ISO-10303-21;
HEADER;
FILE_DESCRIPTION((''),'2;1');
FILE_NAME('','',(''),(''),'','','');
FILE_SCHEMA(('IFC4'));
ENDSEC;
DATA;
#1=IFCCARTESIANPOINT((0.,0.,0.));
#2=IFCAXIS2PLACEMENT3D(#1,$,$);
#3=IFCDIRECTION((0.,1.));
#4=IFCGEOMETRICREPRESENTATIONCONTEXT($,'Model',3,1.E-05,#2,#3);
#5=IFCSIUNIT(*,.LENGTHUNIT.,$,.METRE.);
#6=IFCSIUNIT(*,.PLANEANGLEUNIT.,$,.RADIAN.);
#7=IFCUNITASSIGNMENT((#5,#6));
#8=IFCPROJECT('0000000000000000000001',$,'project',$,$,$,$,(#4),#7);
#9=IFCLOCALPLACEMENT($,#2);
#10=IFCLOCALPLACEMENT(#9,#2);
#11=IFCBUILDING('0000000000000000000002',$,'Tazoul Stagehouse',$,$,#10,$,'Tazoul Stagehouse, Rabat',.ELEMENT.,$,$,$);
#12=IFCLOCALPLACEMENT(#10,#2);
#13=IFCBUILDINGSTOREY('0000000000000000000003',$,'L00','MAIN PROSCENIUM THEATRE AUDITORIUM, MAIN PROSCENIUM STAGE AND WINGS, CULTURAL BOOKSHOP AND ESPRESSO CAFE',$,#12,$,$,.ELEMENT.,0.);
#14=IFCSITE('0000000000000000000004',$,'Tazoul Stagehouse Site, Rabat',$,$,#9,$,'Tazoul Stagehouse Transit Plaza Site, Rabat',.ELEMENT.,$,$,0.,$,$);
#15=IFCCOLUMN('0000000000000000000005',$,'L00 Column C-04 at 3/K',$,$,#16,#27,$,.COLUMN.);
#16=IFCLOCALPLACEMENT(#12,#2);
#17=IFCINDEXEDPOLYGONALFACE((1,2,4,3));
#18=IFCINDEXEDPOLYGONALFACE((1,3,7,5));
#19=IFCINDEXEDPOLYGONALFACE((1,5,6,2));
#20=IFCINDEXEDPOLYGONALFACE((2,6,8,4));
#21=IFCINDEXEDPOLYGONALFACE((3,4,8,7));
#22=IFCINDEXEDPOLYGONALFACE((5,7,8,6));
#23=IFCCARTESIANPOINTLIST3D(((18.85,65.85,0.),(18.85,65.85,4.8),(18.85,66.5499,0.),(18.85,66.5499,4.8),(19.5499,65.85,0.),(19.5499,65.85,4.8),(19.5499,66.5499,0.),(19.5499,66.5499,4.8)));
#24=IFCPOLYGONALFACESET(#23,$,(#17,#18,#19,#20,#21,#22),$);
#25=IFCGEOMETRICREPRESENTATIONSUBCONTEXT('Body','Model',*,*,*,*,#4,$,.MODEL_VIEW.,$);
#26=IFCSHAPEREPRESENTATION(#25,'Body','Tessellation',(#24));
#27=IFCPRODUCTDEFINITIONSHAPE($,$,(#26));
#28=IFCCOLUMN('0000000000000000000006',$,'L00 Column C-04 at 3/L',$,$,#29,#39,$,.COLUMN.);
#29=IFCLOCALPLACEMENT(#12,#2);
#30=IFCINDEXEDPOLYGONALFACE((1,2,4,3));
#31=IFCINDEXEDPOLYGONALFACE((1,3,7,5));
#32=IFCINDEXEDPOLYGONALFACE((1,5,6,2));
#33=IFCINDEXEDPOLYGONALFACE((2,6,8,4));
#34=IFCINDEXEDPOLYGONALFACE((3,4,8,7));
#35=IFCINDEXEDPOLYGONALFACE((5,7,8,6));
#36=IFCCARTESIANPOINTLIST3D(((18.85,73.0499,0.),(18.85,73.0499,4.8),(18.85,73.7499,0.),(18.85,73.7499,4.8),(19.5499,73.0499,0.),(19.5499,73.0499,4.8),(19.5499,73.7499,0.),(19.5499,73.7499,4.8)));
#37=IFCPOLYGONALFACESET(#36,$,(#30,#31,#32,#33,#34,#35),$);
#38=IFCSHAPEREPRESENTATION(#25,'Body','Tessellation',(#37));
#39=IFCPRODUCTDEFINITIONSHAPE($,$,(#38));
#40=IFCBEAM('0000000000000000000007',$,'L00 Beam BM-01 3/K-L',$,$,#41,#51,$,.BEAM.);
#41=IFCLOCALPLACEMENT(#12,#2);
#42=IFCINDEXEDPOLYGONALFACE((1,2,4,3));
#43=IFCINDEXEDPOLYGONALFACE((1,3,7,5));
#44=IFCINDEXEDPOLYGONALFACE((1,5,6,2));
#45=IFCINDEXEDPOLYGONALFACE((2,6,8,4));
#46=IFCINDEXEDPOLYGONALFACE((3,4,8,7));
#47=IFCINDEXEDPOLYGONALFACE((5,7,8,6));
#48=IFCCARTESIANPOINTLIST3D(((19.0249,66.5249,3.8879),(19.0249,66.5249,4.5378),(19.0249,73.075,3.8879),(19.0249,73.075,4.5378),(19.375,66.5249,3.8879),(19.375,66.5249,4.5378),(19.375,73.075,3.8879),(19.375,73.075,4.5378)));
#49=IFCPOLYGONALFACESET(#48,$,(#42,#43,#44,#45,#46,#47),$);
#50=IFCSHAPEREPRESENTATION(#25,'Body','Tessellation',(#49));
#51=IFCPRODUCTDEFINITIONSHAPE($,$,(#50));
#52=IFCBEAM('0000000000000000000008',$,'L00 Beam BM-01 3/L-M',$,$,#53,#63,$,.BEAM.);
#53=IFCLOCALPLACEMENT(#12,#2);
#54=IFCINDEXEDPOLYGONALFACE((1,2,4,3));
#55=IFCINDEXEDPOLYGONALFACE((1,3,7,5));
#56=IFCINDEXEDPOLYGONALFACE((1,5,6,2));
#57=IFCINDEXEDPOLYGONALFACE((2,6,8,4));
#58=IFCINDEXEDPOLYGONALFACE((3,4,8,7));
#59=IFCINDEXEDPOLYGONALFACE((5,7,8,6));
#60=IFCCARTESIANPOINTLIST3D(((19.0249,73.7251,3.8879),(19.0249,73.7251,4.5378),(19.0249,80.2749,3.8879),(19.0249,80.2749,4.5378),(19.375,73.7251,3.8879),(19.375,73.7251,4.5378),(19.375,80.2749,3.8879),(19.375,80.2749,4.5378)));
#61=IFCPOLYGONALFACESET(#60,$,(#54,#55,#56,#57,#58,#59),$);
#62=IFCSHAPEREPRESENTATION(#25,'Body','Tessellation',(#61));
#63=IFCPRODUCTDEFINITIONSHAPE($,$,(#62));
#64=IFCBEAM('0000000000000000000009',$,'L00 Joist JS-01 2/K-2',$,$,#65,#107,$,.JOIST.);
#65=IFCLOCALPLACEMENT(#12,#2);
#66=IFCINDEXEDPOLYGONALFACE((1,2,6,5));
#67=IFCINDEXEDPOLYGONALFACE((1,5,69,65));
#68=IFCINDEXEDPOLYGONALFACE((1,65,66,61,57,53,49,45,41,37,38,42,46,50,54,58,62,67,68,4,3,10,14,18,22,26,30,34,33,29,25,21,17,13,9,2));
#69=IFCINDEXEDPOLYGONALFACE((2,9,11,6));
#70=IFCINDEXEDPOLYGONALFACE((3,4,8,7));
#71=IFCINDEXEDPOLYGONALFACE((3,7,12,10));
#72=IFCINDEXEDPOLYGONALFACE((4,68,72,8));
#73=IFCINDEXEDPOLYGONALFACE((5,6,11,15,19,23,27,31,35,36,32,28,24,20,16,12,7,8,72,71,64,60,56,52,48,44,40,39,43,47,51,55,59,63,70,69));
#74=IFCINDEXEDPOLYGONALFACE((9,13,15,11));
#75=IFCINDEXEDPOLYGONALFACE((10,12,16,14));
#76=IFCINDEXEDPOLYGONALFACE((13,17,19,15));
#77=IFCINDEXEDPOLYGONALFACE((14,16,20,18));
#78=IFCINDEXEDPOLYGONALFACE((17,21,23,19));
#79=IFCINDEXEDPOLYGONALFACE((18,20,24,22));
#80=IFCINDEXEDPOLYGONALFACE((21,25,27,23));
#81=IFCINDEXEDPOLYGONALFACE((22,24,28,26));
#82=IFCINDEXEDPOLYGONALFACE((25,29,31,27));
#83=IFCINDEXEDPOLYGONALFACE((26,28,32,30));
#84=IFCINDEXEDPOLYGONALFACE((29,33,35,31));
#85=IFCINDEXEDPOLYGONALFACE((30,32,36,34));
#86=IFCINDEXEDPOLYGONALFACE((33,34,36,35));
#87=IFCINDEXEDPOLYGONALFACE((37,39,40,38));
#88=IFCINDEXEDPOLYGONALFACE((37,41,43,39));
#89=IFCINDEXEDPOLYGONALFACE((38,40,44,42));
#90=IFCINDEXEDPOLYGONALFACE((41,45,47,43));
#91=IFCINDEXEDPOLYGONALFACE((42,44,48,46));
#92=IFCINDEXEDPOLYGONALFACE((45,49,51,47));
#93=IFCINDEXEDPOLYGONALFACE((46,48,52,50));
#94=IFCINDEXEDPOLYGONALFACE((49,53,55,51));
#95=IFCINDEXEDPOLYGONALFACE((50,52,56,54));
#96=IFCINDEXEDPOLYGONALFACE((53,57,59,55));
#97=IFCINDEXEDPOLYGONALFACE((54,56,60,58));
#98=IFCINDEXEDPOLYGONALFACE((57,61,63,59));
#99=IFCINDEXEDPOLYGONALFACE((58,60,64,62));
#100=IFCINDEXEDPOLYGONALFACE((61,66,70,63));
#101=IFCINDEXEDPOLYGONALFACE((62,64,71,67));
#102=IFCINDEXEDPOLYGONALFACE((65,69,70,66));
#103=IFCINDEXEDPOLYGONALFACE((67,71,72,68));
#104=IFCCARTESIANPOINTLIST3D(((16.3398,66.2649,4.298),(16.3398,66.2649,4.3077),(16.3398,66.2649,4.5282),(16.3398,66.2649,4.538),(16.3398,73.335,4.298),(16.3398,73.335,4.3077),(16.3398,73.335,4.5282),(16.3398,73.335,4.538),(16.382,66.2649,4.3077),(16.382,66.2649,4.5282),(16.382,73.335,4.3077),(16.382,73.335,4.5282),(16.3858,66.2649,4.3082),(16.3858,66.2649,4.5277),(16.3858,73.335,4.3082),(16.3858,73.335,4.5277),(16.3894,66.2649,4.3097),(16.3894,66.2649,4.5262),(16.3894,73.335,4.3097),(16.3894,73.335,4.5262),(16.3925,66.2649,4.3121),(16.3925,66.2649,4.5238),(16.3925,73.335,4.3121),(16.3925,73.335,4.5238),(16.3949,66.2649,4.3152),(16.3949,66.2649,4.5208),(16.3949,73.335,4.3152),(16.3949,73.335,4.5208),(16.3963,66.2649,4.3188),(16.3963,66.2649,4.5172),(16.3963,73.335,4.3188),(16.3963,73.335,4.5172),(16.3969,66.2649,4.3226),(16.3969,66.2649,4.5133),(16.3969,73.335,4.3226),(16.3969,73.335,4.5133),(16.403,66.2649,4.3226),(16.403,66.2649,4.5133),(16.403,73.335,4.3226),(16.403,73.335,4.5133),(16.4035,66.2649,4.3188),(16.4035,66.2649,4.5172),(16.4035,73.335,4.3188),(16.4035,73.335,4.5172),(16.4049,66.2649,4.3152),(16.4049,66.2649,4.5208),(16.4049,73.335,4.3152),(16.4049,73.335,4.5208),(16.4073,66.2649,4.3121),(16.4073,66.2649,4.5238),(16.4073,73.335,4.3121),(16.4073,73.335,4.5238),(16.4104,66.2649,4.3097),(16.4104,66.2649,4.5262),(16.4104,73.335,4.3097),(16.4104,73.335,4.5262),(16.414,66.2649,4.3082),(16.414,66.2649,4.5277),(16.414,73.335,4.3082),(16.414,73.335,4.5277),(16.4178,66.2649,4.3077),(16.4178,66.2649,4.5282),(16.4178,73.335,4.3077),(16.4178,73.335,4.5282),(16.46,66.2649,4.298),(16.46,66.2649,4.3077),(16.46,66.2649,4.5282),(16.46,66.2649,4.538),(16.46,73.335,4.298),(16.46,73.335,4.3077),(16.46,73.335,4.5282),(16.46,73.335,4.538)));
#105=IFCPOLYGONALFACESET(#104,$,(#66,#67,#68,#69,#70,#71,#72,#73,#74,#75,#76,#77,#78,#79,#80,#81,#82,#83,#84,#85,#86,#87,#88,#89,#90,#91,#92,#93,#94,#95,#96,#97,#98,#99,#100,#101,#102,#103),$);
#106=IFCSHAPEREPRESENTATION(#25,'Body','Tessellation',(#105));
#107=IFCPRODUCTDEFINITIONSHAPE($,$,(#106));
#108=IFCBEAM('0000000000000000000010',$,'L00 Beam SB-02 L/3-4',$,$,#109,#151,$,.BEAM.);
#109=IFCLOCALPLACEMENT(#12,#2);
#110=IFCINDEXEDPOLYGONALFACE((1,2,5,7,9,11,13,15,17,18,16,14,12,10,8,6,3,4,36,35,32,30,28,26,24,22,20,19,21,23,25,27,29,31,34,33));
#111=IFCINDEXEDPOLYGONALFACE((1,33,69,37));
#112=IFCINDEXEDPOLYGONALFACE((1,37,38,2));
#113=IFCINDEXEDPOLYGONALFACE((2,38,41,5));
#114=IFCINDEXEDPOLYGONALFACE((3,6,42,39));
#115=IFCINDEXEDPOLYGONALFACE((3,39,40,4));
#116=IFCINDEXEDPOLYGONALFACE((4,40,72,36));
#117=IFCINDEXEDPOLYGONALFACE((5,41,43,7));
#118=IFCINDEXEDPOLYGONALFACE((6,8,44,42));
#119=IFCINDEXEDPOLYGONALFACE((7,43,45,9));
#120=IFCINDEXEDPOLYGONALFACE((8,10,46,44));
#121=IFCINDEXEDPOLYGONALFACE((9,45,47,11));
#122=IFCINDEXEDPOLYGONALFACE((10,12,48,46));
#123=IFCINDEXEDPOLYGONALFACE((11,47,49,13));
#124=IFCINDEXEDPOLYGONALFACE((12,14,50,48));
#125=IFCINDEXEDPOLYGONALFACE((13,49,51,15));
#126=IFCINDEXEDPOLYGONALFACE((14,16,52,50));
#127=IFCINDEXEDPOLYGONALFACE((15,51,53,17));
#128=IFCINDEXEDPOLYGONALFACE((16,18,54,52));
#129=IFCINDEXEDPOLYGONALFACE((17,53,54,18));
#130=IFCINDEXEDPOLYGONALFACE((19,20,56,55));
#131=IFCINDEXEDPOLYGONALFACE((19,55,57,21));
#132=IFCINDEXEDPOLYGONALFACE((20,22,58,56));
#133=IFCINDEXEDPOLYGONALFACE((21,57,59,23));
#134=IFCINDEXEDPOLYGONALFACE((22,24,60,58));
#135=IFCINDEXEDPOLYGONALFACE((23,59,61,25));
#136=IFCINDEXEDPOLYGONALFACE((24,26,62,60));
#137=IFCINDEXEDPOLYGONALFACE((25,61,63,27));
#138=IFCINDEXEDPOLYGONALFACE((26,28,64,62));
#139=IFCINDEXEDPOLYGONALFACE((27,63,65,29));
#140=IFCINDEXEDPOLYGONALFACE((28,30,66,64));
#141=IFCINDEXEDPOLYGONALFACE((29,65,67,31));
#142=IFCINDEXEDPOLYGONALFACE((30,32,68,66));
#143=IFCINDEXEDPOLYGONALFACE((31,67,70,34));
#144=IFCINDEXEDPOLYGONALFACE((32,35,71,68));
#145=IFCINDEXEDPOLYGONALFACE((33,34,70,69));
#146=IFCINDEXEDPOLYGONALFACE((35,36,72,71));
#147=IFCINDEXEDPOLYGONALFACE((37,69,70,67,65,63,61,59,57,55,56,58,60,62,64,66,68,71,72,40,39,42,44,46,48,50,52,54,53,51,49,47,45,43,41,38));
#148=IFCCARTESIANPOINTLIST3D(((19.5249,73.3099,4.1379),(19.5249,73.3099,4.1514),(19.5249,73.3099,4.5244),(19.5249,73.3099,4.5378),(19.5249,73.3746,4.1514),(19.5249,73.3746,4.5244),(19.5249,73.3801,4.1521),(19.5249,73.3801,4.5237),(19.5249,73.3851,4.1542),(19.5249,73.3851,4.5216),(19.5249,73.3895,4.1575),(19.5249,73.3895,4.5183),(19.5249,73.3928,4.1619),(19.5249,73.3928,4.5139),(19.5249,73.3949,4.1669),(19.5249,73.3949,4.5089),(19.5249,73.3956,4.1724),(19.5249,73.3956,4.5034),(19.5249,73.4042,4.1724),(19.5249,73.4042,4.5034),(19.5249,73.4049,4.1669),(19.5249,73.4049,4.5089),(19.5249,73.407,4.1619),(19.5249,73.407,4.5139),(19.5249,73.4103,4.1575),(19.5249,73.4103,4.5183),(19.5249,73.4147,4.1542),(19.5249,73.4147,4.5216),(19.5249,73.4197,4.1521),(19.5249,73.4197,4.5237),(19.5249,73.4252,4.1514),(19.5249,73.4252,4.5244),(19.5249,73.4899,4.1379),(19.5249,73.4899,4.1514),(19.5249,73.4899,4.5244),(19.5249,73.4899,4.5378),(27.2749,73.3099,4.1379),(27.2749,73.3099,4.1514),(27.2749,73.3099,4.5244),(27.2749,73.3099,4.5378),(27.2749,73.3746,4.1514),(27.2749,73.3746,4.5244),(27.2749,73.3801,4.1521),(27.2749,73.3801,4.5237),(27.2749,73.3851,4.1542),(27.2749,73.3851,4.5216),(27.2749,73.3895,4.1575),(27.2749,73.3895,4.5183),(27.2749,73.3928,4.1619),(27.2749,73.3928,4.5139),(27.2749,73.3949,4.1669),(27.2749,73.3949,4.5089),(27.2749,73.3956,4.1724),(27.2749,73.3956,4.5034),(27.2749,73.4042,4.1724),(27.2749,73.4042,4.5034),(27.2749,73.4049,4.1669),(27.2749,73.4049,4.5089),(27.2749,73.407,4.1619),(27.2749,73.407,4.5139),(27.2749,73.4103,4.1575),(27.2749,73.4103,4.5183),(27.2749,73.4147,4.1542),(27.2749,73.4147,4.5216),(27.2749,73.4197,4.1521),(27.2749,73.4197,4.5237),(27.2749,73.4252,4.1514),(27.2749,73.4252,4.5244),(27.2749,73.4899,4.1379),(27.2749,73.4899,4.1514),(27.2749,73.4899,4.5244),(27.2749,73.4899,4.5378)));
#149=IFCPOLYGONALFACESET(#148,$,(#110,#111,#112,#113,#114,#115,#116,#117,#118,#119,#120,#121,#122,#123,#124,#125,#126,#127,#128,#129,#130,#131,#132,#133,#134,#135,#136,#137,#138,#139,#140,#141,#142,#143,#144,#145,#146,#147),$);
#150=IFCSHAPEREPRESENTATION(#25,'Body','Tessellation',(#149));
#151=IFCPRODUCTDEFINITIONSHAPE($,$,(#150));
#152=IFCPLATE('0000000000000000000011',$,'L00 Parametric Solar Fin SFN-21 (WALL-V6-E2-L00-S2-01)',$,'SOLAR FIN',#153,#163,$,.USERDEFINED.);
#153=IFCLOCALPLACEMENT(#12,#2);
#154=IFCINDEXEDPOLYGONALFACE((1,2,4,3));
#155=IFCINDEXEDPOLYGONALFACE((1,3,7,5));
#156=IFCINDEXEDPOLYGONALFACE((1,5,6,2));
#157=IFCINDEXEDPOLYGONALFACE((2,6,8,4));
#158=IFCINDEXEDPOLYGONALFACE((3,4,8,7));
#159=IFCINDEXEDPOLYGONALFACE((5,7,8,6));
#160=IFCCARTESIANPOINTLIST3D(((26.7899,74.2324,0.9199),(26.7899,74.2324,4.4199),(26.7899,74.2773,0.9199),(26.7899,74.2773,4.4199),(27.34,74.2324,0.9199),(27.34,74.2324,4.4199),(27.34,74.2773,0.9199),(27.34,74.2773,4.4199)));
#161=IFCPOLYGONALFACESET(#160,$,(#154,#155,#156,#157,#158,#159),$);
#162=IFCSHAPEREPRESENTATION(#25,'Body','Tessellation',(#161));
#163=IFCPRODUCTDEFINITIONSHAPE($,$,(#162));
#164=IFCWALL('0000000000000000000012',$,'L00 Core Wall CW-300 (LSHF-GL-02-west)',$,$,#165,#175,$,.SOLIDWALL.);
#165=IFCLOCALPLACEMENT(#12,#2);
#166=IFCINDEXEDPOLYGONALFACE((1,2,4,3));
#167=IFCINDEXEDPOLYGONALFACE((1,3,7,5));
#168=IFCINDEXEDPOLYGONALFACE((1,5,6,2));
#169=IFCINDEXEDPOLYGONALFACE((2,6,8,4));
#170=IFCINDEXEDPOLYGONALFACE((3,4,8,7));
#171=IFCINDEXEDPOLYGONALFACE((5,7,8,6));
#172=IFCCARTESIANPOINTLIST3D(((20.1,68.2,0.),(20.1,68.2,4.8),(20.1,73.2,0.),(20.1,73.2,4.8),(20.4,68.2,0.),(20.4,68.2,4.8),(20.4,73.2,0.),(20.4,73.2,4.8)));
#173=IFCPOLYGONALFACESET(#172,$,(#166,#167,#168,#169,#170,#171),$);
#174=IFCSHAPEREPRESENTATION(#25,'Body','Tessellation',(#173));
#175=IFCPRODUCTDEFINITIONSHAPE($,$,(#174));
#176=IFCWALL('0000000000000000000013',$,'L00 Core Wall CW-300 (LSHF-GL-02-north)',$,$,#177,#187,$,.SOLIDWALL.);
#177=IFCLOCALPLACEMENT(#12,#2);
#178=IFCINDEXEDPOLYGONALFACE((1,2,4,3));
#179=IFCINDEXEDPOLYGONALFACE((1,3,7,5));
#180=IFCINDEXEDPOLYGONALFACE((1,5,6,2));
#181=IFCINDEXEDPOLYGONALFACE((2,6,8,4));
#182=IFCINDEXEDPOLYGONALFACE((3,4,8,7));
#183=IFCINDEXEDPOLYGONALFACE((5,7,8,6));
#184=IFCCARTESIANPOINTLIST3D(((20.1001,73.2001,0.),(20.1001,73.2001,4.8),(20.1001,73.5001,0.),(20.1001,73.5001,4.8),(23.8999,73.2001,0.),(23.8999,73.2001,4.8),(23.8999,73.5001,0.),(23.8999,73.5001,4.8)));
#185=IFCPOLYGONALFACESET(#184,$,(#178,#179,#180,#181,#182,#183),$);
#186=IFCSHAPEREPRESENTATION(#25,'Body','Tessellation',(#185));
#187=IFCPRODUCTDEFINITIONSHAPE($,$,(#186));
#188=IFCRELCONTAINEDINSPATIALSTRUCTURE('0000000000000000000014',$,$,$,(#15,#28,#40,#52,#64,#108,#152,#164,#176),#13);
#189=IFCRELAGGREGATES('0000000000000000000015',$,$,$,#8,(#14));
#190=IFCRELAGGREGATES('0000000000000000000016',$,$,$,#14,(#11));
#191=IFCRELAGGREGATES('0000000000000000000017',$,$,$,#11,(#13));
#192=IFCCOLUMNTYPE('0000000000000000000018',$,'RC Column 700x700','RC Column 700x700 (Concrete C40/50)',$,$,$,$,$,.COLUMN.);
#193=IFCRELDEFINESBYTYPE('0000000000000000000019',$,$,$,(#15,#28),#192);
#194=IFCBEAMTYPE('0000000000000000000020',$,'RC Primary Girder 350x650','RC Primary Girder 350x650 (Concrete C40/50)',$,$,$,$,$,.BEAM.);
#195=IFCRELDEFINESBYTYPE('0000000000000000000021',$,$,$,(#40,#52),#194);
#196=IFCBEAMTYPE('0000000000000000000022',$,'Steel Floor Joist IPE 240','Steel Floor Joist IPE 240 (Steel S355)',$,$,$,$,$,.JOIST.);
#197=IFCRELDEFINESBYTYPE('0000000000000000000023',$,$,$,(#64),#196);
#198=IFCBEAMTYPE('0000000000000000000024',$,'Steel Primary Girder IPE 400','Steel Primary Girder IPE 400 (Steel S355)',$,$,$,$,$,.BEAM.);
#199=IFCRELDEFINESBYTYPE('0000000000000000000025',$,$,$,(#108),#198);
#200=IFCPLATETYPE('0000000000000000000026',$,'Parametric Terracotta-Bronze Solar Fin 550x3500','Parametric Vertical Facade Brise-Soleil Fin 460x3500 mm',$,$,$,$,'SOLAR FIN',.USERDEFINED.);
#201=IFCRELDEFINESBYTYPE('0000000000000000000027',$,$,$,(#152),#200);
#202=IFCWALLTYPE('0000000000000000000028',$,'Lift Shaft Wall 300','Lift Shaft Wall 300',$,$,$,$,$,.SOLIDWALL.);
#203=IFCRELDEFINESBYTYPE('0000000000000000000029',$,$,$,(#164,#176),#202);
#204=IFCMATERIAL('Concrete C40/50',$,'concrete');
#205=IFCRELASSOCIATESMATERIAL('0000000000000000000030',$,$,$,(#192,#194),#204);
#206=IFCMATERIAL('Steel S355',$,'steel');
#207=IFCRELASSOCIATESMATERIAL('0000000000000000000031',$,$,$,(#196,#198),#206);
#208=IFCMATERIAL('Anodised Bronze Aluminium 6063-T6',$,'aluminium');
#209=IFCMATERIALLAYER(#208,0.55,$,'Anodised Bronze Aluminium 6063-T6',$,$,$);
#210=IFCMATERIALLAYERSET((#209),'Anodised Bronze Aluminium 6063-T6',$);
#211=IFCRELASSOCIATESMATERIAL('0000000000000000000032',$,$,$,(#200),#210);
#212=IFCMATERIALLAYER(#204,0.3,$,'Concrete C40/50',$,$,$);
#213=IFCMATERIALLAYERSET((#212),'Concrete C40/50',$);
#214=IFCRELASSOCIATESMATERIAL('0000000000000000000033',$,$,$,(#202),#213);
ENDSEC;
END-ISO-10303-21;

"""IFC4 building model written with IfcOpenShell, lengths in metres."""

from ifc_helpers import new_model, si_unit, direction, frame, frame_2d, origin, origin_2d, place, context, subcontext, project, spatial, rectangle, i_section, extrude, material, layer, layer_set, material_profile, profile_set, type_object, element, save


model = new_model("IFC4")

# Units and contexts
model_context = context("Model", 3, precision=1e-05, world=origin(), true_north=direction((0.0, 1.0)))
body_context = subcontext(model_context, "Body", "Model", "MODEL_VIEW")
ifc_project = project(units=[si_unit("LENGTHUNIT", "METRE"), si_unit("PLANEANGLEUNIT", "RADIAN")], contexts=[model_context])

# Site, building, storey
site_placement = place(None, origin())
site = spatial("IfcSite", under=ifc_project, at=site_placement, Name="Tazoul Stagehouse Site, Rabat", LongName="Tazoul Stagehouse Transit Plaza Site, Rabat", CompositionType="ELEMENT", RefElevation=0.0)
building_placement = place(site_placement, origin())
building = spatial("IfcBuilding", under=site, at=building_placement, Name="Tazoul Stagehouse", LongName="Tazoul Stagehouse, Rabat", CompositionType="ELEMENT")
storey_placement = place(building_placement, origin())
storey = spatial("IfcBuildingStorey", under=building, at=storey_placement, Name="L00", Description="MAIN PROSCENIUM THEATRE AUDITORIUM, MAIN PROSCENIUM STAGE AND WINGS, CULTURAL BOOKSHOP AND ESPRESSO CAFE", CompositionType="ELEMENT", Elevation=0.0)

# Columns
ifc_material_1 = material(Name="Concrete C40/50", Category="concrete")
ifc_material_profile_1 = material_profile(ifc_material_1, rectangle(XDim=0.7, YDim=0.7, at=origin_2d()), Name="RC 700x700")
ifc_profile_set_1 = profile_set([ifc_material_profile_1], Name="Concrete C40/50")
column_type = type_object("IfcColumnType", Name="RC Column 700x700", Description="RC Column 700x700 (Concrete C40/50)", PredefinedType="COLUMN", material=ifc_profile_set_1)
for number, where, z_axis, x_axis, name in (
    (1, (19.2, 66.2, 0.0), (0.0, 0.0, 1.0), (1.0, 0.0, 0.0), "L00 Column C-04 at 3/K"),
    (2, (19.2, 73.3999, 0.0), (0.0, 0.0, 1.0), (1.0, 0.0, 0.0), "L00 Column C-04 at 3/L"),
):
    element("IfcColumn", number, at=place(storey_placement, frame(where, z_axis=z_axis, x_axis=x_axis)), inside=storey, type_object=column_type, Name=name, PredefinedType="COLUMN", context=body_context, shape_type="SweptSolid", body=[
        extrude(rectangle(XDim=0.7, YDim=0.7, at=origin_2d()), origin(), (0.0, 0.0, 1.0), 4.8),
    ])

# Beams
ifc_material_profile_2 = material_profile(ifc_material_1, rectangle(XDim=0.3501, YDim=0.6499, at=origin_2d()), Name="RC 350x650")
ifc_profile_set_2 = profile_set([ifc_material_profile_2], Name="Concrete C40/50")
beam_type_1 = type_object("IfcBeamType", Name="RC Primary Girder 350x650", Description="RC Primary Girder 350x650 (Concrete C40/50)", PredefinedType="BEAM", material=ifc_profile_set_2)
beam_1_placement = place(storey_placement, frame((19.2, 66.5249, 4.2129), z_axis=(0.0, 1.0, 0.0), x_axis=(-1.0, 0.0, 0.0)))
element("IfcBeam", 3, at=beam_1_placement, inside=storey, type_object=beam_type_1, Name="L00 Beam BM-01 3/K-L", PredefinedType="BEAM", context=body_context, shape_type="SweptSolid", body=[
    extrude(rectangle(XDim=0.3501, YDim=0.6499, at=origin_2d()), origin(), (0.0, 0.0, 1.0), 6.55),
])
beam_2_placement = place(storey_placement, frame((19.2, 73.7251, 4.2129), z_axis=(0.0, 1.0, 0.0), x_axis=(-1.0, 0.0, 0.0)))
element("IfcBeam", 4, at=beam_2_placement, inside=storey, type_object=beam_type_1, Name="L00 Beam BM-01 3/L-M", PredefinedType="BEAM", context=body_context, shape_type="SweptSolid", body=[
    extrude(rectangle(XDim=0.3501, YDim=0.6499, at=origin_2d()), origin(), (0.0, 0.0, 1.0), 6.5498),
])
ifc_material_2 = material(Name="Steel S355", Category="steel")
ifc_material_profile_3 = material_profile(ifc_material_2, i_section(OverallWidth=0.1201, OverallDepth=0.24, WebThickness=0.0061, FlangeThickness=0.0098, FilletRadius=0.0149, at=origin_2d()), Name="IPE 240")
ifc_profile_set_3 = profile_set([ifc_material_profile_3], Name="Steel S355")
beam_type_2 = type_object("IfcBeamType", Name="Steel Floor Joist IPE 240", Description="Steel Floor Joist IPE 240 (Steel S355)", PredefinedType="JOIST", material=ifc_profile_set_3)
beam_3_placement = place(storey_placement, frame((16.3999, 66.2649, 4.418), z_axis=(0.0, 1.0, 0.0), x_axis=(-1.0, 0.0, 0.0)))
element("IfcBeam", 5, at=beam_3_placement, inside=storey, type_object=beam_type_2, Name="L00 Joist JS-01 2/K-2", PredefinedType="JOIST", context=body_context, shape_type="SweptSolid", body=[
    extrude(i_section(OverallWidth=0.1201, OverallDepth=0.24, WebThickness=0.0061, FlangeThickness=0.0098, FilletRadius=0.0149, at=origin_2d()), origin(), (0.0, 0.0, 1.0), 7.0701),
])
ifc_material_profile_4 = material_profile(ifc_material_2, i_section(OverallWidth=0.1799, OverallDepth=0.3999, WebThickness=0.0085, FlangeThickness=0.0134, FilletRadius=0.021, at=origin_2d()), Name="IPE 400")
ifc_profile_set_4 = profile_set([ifc_material_profile_4], Name="Steel S355")
beam_type_3 = type_object("IfcBeamType", Name="Steel Primary Girder IPE 400", Description="Steel Primary Girder IPE 400 (Steel S355)", PredefinedType="BEAM", material=ifc_profile_set_4)
beam_4_placement = place(storey_placement, frame((19.5249, 73.3999, 4.3379), z_axis=(1.0, 0.0, 0.0), x_axis=(0.0, 1.0, 0.0)))
element("IfcBeam", 6, at=beam_4_placement, inside=storey, type_object=beam_type_3, Name="L00 Beam SB-02 L/3-4", PredefinedType="BEAM", context=body_context, shape_type="SweptSolid", body=[
    extrude(i_section(OverallWidth=0.1799, OverallDepth=0.3999, WebThickness=0.0085, FlangeThickness=0.0134, FilletRadius=0.021, at=origin_2d()), origin(), (0.0, 0.0, 1.0), 7.75),
])

# Plate
ifc_material_3 = material(Name="Anodised Bronze Aluminium 6063-T6", Category="aluminium")
ifc_layer_1 = layer(ifc_material_3, 0.55, Name="Anodised Bronze Aluminium 6063-T6")
ifc_layer_set_1 = layer_set([ifc_layer_1], Name="Anodised Bronze Aluminium 6063-T6")
plate_type = type_object("IfcPlateType", Name="Parametric Terracotta-Bronze Solar Fin 550x3500", Description="Parametric Vertical Facade Brise-Soleil Fin 460x3500 mm", ElementType="SOLAR FIN", PredefinedType="USERDEFINED", material=ifc_layer_set_1)
plate_placement = place(storey_placement, frame((27.0649, 74.2549, 0.9199), z_axis=(0.0, 0.0, 1.0), x_axis=(0.0, 1.0, 0.0)))
element("IfcPlate", 7, at=plate_placement, inside=storey, type_object=plate_type, Name="L00 Parametric Solar Fin SFN-21 (WALL-V6-E2-L00-S2-01)", ObjectType="SOLAR FIN", PredefinedType="USERDEFINED", context=body_context, shape_type="SweptSolid", body=[
    extrude(rectangle(XDim=0.0449, YDim=0.55, at=origin_2d()), origin(), (0.0, 0.0, 1.0), 3.5),
])

# Shared definitions
ifc_layer_2 = layer(ifc_material_1, 0.3, Name="Concrete C40/50")
ifc_layer_set_2 = layer_set([ifc_layer_2], Name="Concrete C40/50")
wall_type_1 = type_object("IfcWallType", Name="Lift Shaft Wall 300", Description="Lift Shaft Wall 300", PredefinedType="SOLIDWALL", material=ifc_layer_set_2)

# Walls
wall_1_placement = place(storey_placement, frame((20.25, 68.2, 0.0), z_axis=(0.0, 0.0, 1.0), x_axis=(0.0, 1.0, 0.0)))
element("IfcWall", 8, at=wall_1_placement, inside=storey, type_object=wall_type_1, Name="L00 Core Wall CW-300 (LSHF-GL-02-west)", PredefinedType="SOLIDWALL", context=body_context, shape_type="SweptSolid", body=[
    extrude(rectangle(XDim=5.0, YDim=0.3, at=frame_2d((2.5, 0.0))), origin(), (0.0, 0.0, 1.0), 4.8),
])
wall_2_placement = place(storey_placement, frame((20.1001, 73.3501, 0.0), z_axis=(0.0, 0.0, 1.0), x_axis=(1.0, 0.0, 0.0)))
element("IfcWall", 9, at=wall_2_placement, inside=storey, type_object=wall_type_1, Name="L00 Core Wall CW-300 (LSHF-GL-02-north)", PredefinedType="SOLIDWALL", context=body_context, shape_type="SweptSolid", body=[
    extrude(rectangle(XDim=3.7998, YDim=0.3, at=frame_2d((1.8999, 0.0))), origin(), (0.0, 0.0, 1.0), 4.8),
])

save(model, "model.ifc")
